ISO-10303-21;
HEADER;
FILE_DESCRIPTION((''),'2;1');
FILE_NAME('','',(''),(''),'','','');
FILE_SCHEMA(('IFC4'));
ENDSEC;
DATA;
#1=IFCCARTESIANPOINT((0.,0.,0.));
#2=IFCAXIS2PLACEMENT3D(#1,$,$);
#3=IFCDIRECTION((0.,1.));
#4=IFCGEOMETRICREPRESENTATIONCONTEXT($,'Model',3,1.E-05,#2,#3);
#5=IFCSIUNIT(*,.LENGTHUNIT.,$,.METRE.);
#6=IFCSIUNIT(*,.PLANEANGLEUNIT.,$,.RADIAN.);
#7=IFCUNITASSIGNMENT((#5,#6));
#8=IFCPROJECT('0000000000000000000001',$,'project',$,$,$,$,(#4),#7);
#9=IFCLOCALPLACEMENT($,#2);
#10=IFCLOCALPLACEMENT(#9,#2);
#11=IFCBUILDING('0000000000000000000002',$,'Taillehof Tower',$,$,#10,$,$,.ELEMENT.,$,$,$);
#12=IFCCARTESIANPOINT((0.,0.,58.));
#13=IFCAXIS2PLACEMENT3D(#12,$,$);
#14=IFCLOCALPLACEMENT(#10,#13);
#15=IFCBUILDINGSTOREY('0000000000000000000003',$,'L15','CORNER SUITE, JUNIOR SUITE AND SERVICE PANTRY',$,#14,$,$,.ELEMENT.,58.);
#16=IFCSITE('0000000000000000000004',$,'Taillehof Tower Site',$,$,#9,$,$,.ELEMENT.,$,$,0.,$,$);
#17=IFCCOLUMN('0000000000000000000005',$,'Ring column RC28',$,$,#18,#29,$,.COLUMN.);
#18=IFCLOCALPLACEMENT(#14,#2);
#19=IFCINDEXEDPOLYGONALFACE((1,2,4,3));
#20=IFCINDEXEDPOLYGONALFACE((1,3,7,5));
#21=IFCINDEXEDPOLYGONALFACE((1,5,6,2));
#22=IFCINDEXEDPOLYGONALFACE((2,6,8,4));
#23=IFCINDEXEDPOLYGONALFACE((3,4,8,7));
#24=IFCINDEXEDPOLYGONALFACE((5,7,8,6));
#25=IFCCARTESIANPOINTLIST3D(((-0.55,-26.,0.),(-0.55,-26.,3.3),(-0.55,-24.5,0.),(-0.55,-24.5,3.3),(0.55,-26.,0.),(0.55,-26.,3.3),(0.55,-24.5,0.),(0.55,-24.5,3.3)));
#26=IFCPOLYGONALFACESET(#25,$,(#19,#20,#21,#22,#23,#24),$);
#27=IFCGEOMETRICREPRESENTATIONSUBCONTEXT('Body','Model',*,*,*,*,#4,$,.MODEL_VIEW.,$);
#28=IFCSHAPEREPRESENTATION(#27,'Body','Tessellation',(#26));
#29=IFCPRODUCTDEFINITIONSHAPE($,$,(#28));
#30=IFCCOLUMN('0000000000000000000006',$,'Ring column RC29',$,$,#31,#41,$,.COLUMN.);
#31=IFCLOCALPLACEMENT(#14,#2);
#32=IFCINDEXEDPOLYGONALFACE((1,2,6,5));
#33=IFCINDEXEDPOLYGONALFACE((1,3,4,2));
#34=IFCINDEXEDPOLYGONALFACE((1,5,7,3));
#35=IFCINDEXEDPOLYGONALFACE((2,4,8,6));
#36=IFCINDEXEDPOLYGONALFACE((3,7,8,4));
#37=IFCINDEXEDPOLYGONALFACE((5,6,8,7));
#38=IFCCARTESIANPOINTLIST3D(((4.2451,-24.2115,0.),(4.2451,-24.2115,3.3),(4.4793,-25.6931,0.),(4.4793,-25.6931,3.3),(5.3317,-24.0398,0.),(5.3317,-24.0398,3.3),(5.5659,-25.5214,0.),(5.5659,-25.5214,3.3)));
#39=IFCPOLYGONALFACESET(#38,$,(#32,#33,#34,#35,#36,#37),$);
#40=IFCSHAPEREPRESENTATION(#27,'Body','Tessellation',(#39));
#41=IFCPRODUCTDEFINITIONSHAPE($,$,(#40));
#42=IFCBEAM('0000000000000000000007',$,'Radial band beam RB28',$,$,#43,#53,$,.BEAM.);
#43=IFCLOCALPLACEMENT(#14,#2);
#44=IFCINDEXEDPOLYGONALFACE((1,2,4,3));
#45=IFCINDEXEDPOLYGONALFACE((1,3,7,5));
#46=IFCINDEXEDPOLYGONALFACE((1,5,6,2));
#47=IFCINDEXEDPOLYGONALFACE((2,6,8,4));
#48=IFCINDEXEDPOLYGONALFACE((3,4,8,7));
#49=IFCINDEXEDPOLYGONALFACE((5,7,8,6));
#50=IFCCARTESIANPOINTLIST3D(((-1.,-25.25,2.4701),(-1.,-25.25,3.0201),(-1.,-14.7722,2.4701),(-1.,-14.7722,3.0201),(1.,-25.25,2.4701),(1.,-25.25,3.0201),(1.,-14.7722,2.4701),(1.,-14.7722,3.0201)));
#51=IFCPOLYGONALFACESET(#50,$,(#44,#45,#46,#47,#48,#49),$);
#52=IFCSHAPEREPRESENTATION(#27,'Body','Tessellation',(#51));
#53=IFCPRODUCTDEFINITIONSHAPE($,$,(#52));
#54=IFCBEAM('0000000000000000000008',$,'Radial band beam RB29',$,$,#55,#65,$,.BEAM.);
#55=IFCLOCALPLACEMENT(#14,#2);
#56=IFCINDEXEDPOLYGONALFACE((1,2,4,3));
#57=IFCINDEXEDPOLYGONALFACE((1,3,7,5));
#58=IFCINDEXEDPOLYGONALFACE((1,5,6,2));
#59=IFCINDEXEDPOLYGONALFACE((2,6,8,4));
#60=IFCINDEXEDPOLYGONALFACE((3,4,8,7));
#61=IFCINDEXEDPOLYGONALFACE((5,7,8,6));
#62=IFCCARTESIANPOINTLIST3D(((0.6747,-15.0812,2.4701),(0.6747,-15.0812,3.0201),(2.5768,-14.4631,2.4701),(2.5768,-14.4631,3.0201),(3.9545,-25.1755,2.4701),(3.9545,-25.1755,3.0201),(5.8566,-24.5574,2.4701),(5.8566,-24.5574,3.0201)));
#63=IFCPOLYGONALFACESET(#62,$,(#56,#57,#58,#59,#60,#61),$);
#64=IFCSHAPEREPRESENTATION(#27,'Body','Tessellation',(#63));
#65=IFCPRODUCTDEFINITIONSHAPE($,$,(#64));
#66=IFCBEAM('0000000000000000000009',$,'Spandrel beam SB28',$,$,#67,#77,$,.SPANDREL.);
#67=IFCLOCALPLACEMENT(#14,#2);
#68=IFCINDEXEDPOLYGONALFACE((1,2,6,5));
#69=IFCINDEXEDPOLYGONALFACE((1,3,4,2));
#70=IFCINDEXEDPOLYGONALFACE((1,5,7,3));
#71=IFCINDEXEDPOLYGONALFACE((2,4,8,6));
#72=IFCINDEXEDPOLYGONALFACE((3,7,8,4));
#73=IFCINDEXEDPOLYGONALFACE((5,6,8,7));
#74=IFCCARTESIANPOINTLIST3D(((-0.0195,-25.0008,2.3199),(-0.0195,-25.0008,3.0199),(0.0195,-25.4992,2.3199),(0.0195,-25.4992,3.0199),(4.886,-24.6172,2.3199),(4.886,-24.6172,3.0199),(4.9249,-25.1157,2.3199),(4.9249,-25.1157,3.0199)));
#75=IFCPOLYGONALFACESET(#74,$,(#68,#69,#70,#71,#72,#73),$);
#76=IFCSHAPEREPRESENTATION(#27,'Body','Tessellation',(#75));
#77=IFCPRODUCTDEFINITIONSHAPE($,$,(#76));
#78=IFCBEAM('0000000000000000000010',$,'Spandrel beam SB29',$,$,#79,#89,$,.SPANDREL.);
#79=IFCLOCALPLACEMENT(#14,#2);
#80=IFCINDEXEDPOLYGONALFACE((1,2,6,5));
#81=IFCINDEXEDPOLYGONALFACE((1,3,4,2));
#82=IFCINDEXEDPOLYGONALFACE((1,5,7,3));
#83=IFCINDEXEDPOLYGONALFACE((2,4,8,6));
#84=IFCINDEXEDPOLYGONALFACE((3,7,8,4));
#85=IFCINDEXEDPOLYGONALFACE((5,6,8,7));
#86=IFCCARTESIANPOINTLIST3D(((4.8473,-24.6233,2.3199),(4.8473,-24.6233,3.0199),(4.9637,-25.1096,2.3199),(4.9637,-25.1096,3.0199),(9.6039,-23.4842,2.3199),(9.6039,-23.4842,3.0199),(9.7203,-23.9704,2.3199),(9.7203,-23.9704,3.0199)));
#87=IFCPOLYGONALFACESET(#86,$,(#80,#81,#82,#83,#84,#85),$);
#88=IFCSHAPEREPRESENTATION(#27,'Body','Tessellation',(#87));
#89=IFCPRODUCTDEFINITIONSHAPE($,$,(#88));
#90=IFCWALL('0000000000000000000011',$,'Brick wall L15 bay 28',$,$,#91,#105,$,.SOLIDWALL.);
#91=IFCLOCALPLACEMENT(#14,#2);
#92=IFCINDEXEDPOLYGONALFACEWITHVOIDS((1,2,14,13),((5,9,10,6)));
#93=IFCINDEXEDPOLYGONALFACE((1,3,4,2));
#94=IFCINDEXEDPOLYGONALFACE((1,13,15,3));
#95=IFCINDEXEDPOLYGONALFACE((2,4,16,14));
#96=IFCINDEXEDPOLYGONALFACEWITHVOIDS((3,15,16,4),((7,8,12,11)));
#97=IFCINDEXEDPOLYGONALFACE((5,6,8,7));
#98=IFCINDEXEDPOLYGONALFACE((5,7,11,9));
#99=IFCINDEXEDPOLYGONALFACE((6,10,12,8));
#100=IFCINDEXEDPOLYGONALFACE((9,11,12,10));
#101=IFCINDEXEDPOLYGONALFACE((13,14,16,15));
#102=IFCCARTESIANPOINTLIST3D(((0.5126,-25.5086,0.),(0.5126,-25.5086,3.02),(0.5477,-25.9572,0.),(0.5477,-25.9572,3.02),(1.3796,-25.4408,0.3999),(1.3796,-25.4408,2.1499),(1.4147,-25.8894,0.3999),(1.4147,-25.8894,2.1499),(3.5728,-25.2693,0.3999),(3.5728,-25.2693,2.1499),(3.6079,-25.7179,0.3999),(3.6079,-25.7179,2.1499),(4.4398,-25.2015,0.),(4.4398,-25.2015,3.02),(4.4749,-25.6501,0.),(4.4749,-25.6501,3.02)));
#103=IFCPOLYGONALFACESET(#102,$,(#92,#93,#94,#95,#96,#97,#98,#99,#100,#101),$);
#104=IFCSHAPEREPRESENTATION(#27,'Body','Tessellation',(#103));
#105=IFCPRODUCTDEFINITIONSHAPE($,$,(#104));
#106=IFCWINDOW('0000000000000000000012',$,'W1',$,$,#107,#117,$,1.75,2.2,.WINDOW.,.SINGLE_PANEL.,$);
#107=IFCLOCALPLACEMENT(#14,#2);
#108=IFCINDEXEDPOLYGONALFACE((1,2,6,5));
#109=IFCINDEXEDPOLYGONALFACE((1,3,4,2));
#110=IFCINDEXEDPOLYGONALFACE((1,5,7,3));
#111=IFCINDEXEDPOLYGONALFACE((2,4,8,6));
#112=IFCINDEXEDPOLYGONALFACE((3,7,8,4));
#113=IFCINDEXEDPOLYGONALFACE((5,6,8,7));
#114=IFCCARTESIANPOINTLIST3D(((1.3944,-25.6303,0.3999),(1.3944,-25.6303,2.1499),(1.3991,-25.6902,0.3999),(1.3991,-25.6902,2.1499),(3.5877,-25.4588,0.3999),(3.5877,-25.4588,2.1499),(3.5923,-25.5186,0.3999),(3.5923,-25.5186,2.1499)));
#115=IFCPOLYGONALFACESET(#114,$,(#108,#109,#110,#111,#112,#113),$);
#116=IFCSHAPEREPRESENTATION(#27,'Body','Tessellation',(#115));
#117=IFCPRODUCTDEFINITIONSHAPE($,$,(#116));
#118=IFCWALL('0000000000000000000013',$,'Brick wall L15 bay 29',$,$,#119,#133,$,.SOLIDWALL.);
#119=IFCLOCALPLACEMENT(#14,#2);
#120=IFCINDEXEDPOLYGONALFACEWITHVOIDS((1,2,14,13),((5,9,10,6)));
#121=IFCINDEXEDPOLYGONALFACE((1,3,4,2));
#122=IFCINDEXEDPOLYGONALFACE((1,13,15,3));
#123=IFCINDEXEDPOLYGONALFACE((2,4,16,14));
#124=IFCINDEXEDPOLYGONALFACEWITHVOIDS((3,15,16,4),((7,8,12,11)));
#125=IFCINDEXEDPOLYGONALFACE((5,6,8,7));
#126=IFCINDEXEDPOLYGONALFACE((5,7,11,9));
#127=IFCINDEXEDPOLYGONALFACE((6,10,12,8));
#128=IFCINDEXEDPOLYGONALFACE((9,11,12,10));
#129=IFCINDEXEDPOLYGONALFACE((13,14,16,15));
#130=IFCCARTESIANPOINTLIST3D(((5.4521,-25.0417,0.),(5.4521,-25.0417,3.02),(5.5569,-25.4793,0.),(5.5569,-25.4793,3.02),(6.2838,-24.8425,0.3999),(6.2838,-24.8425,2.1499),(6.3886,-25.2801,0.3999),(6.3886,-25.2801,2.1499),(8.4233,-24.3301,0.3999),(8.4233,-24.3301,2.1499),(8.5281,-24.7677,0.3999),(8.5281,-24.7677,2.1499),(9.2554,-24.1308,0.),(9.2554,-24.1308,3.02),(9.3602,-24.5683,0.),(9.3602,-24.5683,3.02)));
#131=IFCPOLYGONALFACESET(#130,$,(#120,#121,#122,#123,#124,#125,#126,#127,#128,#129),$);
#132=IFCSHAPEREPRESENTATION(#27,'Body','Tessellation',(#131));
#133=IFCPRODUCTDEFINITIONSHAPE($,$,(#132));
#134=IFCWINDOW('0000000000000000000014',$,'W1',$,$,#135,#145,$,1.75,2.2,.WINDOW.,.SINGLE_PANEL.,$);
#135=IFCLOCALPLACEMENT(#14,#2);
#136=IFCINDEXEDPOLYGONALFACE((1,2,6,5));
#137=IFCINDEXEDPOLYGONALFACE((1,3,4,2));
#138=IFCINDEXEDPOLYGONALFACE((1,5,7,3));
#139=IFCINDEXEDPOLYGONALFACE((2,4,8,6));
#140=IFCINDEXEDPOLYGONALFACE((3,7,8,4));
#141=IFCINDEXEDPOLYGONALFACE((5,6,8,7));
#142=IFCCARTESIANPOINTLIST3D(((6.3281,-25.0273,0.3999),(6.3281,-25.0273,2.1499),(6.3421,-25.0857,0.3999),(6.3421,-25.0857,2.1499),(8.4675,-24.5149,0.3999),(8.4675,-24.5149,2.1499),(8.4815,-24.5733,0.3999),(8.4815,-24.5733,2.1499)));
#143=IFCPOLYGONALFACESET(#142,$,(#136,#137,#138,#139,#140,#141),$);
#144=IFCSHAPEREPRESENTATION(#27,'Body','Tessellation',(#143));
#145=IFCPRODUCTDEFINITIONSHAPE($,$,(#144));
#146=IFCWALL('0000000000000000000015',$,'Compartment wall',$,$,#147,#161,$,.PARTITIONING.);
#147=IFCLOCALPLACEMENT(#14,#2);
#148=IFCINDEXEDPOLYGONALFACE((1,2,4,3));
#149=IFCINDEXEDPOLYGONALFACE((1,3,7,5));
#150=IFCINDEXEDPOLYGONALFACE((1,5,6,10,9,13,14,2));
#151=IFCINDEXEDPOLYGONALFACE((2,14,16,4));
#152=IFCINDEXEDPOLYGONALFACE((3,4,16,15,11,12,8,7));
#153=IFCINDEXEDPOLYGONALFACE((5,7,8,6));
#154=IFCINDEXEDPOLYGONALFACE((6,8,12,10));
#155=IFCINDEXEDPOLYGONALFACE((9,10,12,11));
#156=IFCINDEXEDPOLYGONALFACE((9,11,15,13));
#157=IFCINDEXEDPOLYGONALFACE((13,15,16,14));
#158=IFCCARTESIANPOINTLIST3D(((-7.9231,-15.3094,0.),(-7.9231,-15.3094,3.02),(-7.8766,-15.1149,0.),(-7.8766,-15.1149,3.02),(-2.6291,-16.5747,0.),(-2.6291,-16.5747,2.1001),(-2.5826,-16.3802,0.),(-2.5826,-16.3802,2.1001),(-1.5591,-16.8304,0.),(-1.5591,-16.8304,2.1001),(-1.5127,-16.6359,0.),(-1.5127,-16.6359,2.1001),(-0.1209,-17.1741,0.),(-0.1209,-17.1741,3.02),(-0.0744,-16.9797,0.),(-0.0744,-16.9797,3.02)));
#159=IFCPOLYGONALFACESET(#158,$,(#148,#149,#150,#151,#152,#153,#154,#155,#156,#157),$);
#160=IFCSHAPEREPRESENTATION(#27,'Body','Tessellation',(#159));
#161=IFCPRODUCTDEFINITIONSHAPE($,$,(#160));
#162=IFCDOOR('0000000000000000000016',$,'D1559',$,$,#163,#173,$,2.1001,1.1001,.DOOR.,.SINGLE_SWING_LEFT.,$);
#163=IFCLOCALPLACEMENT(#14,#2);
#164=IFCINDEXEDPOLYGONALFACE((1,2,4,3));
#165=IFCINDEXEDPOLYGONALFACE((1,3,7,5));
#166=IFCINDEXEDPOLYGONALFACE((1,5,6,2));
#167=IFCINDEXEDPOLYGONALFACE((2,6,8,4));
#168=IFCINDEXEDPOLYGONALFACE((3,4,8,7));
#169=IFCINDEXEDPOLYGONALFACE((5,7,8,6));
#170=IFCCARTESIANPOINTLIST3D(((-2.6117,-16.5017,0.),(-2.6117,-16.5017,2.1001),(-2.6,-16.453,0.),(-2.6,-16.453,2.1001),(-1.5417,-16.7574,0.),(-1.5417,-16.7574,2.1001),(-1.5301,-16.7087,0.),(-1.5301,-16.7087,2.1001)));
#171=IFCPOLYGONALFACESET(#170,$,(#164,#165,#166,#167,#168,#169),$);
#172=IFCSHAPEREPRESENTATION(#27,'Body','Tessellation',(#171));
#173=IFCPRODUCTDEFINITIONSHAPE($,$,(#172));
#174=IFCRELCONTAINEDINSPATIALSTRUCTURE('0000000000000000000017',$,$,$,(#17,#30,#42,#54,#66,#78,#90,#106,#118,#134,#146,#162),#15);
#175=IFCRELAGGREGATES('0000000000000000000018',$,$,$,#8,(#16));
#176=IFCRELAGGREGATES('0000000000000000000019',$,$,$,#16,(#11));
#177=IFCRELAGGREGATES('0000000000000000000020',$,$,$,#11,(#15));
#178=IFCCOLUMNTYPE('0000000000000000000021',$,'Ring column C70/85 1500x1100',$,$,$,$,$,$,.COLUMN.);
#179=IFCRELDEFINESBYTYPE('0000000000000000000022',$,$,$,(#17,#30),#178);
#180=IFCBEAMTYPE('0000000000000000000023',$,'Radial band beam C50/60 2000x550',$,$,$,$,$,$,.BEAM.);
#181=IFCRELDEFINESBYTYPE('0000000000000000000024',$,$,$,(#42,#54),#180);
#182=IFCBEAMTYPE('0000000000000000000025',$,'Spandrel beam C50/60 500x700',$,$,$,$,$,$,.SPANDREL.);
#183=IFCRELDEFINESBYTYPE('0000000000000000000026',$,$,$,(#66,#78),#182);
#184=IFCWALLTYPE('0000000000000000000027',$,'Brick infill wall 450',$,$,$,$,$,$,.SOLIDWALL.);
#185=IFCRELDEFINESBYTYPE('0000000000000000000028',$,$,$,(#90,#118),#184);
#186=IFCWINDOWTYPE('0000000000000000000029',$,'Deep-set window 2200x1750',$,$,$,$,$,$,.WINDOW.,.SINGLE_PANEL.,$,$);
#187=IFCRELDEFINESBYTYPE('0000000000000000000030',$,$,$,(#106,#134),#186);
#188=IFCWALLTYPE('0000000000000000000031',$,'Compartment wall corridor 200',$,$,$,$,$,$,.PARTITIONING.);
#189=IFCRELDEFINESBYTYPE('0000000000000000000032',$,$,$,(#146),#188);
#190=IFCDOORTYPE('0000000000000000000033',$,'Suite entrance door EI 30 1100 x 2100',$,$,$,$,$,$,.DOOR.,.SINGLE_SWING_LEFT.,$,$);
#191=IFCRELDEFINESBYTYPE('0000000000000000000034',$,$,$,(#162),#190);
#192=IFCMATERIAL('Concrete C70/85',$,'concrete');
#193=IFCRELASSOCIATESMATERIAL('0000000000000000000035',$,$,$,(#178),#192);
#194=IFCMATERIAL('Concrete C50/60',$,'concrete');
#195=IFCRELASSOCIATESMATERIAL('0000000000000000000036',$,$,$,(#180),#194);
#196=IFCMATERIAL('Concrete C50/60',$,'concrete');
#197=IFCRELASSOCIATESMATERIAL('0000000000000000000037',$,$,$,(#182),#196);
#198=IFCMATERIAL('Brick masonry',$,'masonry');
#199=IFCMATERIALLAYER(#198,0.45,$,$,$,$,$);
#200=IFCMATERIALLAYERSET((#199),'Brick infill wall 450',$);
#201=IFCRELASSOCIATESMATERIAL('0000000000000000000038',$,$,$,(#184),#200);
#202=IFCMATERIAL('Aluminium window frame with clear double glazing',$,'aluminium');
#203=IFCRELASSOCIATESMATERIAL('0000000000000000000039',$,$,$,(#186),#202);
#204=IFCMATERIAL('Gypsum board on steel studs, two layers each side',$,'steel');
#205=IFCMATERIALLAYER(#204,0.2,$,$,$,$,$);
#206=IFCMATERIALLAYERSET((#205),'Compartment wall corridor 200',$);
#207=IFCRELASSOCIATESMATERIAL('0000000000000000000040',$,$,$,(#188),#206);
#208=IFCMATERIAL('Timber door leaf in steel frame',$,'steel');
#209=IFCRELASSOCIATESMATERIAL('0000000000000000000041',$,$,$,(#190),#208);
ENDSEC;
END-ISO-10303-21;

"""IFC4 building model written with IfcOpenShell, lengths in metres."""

from ifc_helpers import new_model, si_unit, direction, frame, frame_2d, origin, origin_2d, place, context, subcontext, project, spatial, rectangle, extrude, material, layer, layer_set, material_profile, profile_set, type_object, element, fill, save


model = new_model("IFC4")

# Units and contexts
model_context = context("Model", 3, precision=1e-05, world=origin(), true_north=direction((0.0, 1.0)))
body_context = subcontext(model_context, "Body", "Model", "MODEL_VIEW")
ifc_project = project(units=[si_unit("LENGTHUNIT", "METRE"), si_unit("PLANEANGLEUNIT", "RADIAN")], contexts=[model_context])

# Site, building, storey
site_placement = place(None, origin())
site = spatial("IfcSite", under=ifc_project, at=site_placement, Name="Taillehof Tower Site", CompositionType="ELEMENT", RefElevation=0.0)
building_placement = place(site_placement, origin())
building = spatial("IfcBuilding", under=site, at=building_placement, Name="Taillehof Tower", CompositionType="ELEMENT")
storey_placement = place(building_placement, frame((0.0, 0.0, 58.0)))
storey = spatial("IfcBuildingStorey", under=building, at=storey_placement, Name="L15", Description="CORNER SUITE, JUNIOR SUITE AND SERVICE PANTRY", CompositionType="ELEMENT", Elevation=58.0)

# Columns
ifc_material_1 = material(Name="Concrete C70/85", Category="concrete")
ifc_material_profile_1 = material_profile(ifc_material_1, rectangle(XDim=1.5, YDim=1.1001, at=origin_2d()), Name="RC 1500x1100")
ifc_profile_set_1 = profile_set([ifc_material_profile_1], Name="Concrete C70/85")
column_type = type_object("IfcColumnType", Name="Ring column C70/85 1500x1100", PredefinedType="COLUMN", material=ifc_profile_set_1)
for number, where, z_axis, x_axis, name in (
    (1, (0.0, -25.25, 0.0), (0.0, 0.0, 1.0), (0.0, -1.0, 0.0), "Ring column RC28"),
    (2, (4.9055, -24.8665, 0.0), (0.0, 0.0, 1.0), (0.156147, -0.987734, 0.0), "Ring column RC29"),
):
    element("IfcColumn", number, at=place(storey_placement, frame(where, z_axis=z_axis, x_axis=x_axis)), inside=storey, type_object=column_type, Name=name, PredefinedType="COLUMN", context=body_context, shape_type="SweptSolid", body=[
        extrude(rectangle(XDim=1.5, YDim=1.1001, at=origin_2d()), origin(), (0.0, 0.0, 1.0), 3.3),
    ])

# Beams
ifc_material_2 = material(Name="Concrete C50/60", Category="concrete")
ifc_material_profile_2 = material_profile(ifc_material_2, rectangle(XDim=2.0, YDim=0.55, at=origin_2d()), Name="RC 2000x550")
ifc_profile_set_2 = profile_set([ifc_material_profile_2], Name="Concrete C50/60")
beam_type_1 = type_object("IfcBeamType", Name="Radial band beam C50/60 2000x550", PredefinedType="BEAM", material=ifc_profile_set_2)
beam_1_placement = place(storey_placement, frame((0.0, -25.25, 2.7451), z_axis=(0.0, 1.0, 0.0), x_axis=(-1.0, 0.0, 0.0)))
element("IfcBeam", 3, at=beam_1_placement, inside=storey, type_object=beam_type_1, Name="Radial band beam RB28", PredefinedType="BEAM", context=body_context, shape_type="SweptSolid", body=[
    extrude(rectangle(XDim=2.0, YDim=0.55, at=origin_2d()), origin(), (0.0, 0.0, 1.0), 10.4778),
])
beam_2_placement = place(storey_placement, frame((4.9055, -24.8665, 2.7451), z_axis=(-0.309014, 0.951057, 0.0), x_axis=(-0.951057, -0.309014, 0.0)))
element("IfcBeam", 4, at=beam_2_placement, inside=storey, type_object=beam_type_1, Name="Radial band beam RB29", PredefinedType="BEAM", context=body_context, shape_type="SweptSolid", body=[
    extrude(rectangle(XDim=2.0, YDim=0.55, at=origin_2d()), origin(), (0.0, 0.0, 1.0), 10.6138),
])
ifc_material_3 = material(Name="Concrete C50/60", Category="concrete")
ifc_material_profile_3 = material_profile(ifc_material_3, rectangle(XDim=0.5, YDim=0.7, at=origin_2d()), Name="RC 500x700")
ifc_profile_set_3 = profile_set([ifc_material_profile_3], Name="Concrete C50/60")
beam_type_2 = type_object("IfcBeamType", Name="Spandrel beam C50/60 500x700", PredefinedType="SPANDREL", material=ifc_profile_set_3)
beam_3_placement = place(storey_placement, frame((0.0, -25.25, 2.6699), z_axis=(0.996957, 0.077949, 0.0), x_axis=(-0.077949, 0.996957, 0.0)))
element("IfcBeam", 5, at=beam_3_placement, inside=storey, type_object=beam_type_2, Name="Spandrel beam SB28", PredefinedType="SPANDREL", context=body_context, shape_type="SweptSolid", body=[
    extrude(rectangle(XDim=0.5, YDim=0.7, at=origin_2d()), origin(), (0.0, 0.0, 1.0), 4.9204),
])
beam_4_placement = place(storey_placement, frame((4.9055, -24.8665, 2.6699), z_axis=(0.9725, 0.232905, 0.0), x_axis=(-0.232905, 0.9725, 0.0)))
element("IfcBeam", 6, at=beam_4_placement, inside=storey, type_object=beam_type_2, Name="Spandrel beam SB29", PredefinedType="SPANDREL", context=body_context, shape_type="SweptSolid", body=[
    extrude(rectangle(XDim=0.5, YDim=0.7, at=origin_2d()), origin(), (0.0, 0.0, 1.0), 4.8911),
])

# Walls, openings, windows
ifc_material_4 = material(Name="Brick masonry", Category="masonry")
ifc_layer_1 = layer(ifc_material_4, 0.45)
ifc_layer_set_1 = layer_set([ifc_layer_1], Name="Brick infill wall 450")
wall_type_1 = type_object("IfcWallType", Name="Brick infill wall 450", PredefinedType="SOLIDWALL", material=ifc_layer_set_1)
wall_1_placement = place(storey_placement, frame((0.53, -25.7329, 0.0), z_axis=(0.0, 0.0, 1.0), x_axis=(0.996956, 0.077967, 0.0)))
wall_1 = element("IfcWall", 7, at=wall_1_placement, inside=storey, type_object=wall_type_1, Name="Brick wall L15 bay 28", PredefinedType="SOLIDWALL", context=body_context, shape_type="SweptSolid", body=[
    extrude(rectangle(XDim=3.9392, YDim=0.45, at=frame_2d((1.9697, 0.0))), origin(), (0.0, 0.0, 1.0), 3.02),
])
opening_1_placement = place(wall_1_placement, frame((0.8696, 0.0, 0.3999)))
opening_1 = element("IfcOpeningElement", 8, at=opening_1_placement, cuts=wall_1, PredefinedType="OPENING", context=body_context, shape_type="SweptSolid", body=[
    extrude(rectangle(XDim=2.2, YDim=1.75, at=frame_2d((1.1001, 0.875))), frame((0.0, 0.2349, 0.0), z_axis=(0.0, -1.0, 0.0), x_axis=(1.0, 0.0, 0.0)), (0.0, 0.0, 1.0), 0.47),
])
ifc_material_5 = material(Name="Aluminium window frame with clear double glazing", Category="aluminium")
window_type = type_object("IfcWindowType", Name="Deep-set window 2200x1750", PartitioningType="SINGLE_PANEL", PredefinedType="WINDOW", material=ifc_material_5)
window_1_placement = place(opening_1_placement, origin())
window_1 = element("IfcWindow", 9, at=window_1_placement, inside=storey, type_object=window_type, Name="W1", OverallHeight=1.75, OverallWidth=2.2, PartitioningType="SINGLE_PANEL", PredefinedType="WINDOW", context=body_context, shape_type="SweptSolid", body=[
    extrude(rectangle(XDim=2.2, YDim=1.75, at=frame_2d((1.1001, 0.875))), frame((0.0, 0.0349, 0.0), z_axis=(0.0, -1.0, 0.0), x_axis=(1.0, 0.0, 0.0)), (0.0, 0.0, 1.0), 0.0601),
])
fill(opening_1, window_1)
wall_2_placement = place(storey_placement, frame((5.5044, -25.2605, 0.0), z_axis=(0.0, 0.0, 1.0), x_axis=(0.972497, 0.232917, 0.0)))
wall_2 = element("IfcWall", 10, at=wall_2_placement, inside=storey, type_object=wall_type_1, Name="Brick wall L15 bay 29", PredefinedType="SOLIDWALL", context=body_context, shape_type="SweptSolid", body=[
    extrude(rectangle(XDim=3.9109, YDim=0.45, at=frame_2d((1.9556, 0.0))), origin(), (0.0, 0.0, 1.0), 3.02),
])
opening_2_placement = place(wall_2_placement, frame((0.8552, 0.0, 0.3999)))
opening_2 = element("IfcOpeningElement", 11, at=opening_2_placement, cuts=wall_2, PredefinedType="OPENING", context=body_context, shape_type="SweptSolid", body=[
    extrude(rectangle(XDim=2.2, YDim=1.75, at=frame_2d((1.1001, 0.875))), frame((0.0, 0.2349, 0.0), z_axis=(0.0, -1.0, 0.0), x_axis=(1.0, 0.0, 0.0)), (0.0, 0.0, 1.0), 0.47),
])
window_2_placement = place(opening_2_placement, origin())
window_2 = element("IfcWindow", 12, at=window_2_placement, inside=storey, type_object=window_type, Name="W1", OverallHeight=1.75, OverallWidth=2.2, PartitioningType="SINGLE_PANEL", PredefinedType="WINDOW", context=body_context, shape_type="SweptSolid", body=[
    extrude(rectangle(XDim=2.2, YDim=1.75, at=frame_2d((1.1001, 0.875))), frame((0.0, 0.0349, 0.0), z_axis=(0.0, -1.0, 0.0), x_axis=(1.0, 0.0, 0.0)), (0.0, 0.0, 1.0), 0.0601),
])
fill(opening_2, window_2)

# Wall, opening, door
ifc_material_6 = material(Name="Gypsum board on steel studs, two layers each side", Category="steel")
ifc_layer_2 = layer(ifc_material_6, 0.2)
ifc_layer_set_2 = layer_set([ifc_layer_2], Name="Compartment wall corridor 200")
wall_type_2 = type_object("IfcWallType", Name="Compartment wall corridor 200", PredefinedType="PARTITIONING", material=ifc_layer_set_2)
wall_3_placement = place(storey_placement, frame((-0.0977, -17.0769, 0.0), z_axis=(0.0, 0.0, 1.0), x_axis=(-0.972607, 0.232454, 0.0)))
wall_3 = element("IfcWall", 13, at=wall_3_placement, inside=storey, type_object=wall_type_2, Name="Compartment wall", PredefinedType="PARTITIONING", context=body_context, shape_type="SweptSolid", body=[
    extrude(rectangle(XDim=8.022, YDim=0.2, at=frame_2d((4.011, 0.0))), origin(), (0.0, 0.0, 1.0), 3.02),
])
opening_3_placement = place(wall_3_placement, frame((1.4788, 0.0, 0.0)))
opening_3 = element("IfcOpeningElement", 14, at=opening_3_placement, cuts=wall_3, PredefinedType="OPENING", context=body_context, shape_type="SweptSolid", body=[
    extrude(rectangle(XDim=1.1001, YDim=2.1001, at=frame_2d((0.55, 1.05))), frame((0.0, 0.1099, 0.0), z_axis=(0.0, -1.0, 0.0), x_axis=(1.0, 0.0, 0.0)), (0.0, 0.0, 1.0), 0.22),
])
ifc_material_7 = material(Name="Timber door leaf in steel frame", Category="steel")
door_type = type_object("IfcDoorType", Name="Suite entrance door EI 30 1100 x 2100", OperationType="SINGLE_SWING_LEFT", PredefinedType="DOOR", material=ifc_material_7)
door_placement = place(opening_3_placement, origin())
door = element("IfcDoor", 15, at=door_placement, inside=storey, type_object=door_type, Name="D1559", OperationType="SINGLE_SWING_LEFT", OverallHeight=2.1001, OverallWidth=1.1001, PredefinedType="DOOR", context=body_context, shape_type="SweptSolid", body=[
    extrude(rectangle(XDim=1.1001, YDim=2.1001, at=frame_2d((0.55, 1.05))), frame((0.0, 0.0249, 0.0), z_axis=(0.0, -1.0, 0.0), x_axis=(1.0, 0.0, 0.0)), (0.0, 0.0, 1.0), 0.05),
])
fill(opening_3, door)

save(model, "model.ifc")
